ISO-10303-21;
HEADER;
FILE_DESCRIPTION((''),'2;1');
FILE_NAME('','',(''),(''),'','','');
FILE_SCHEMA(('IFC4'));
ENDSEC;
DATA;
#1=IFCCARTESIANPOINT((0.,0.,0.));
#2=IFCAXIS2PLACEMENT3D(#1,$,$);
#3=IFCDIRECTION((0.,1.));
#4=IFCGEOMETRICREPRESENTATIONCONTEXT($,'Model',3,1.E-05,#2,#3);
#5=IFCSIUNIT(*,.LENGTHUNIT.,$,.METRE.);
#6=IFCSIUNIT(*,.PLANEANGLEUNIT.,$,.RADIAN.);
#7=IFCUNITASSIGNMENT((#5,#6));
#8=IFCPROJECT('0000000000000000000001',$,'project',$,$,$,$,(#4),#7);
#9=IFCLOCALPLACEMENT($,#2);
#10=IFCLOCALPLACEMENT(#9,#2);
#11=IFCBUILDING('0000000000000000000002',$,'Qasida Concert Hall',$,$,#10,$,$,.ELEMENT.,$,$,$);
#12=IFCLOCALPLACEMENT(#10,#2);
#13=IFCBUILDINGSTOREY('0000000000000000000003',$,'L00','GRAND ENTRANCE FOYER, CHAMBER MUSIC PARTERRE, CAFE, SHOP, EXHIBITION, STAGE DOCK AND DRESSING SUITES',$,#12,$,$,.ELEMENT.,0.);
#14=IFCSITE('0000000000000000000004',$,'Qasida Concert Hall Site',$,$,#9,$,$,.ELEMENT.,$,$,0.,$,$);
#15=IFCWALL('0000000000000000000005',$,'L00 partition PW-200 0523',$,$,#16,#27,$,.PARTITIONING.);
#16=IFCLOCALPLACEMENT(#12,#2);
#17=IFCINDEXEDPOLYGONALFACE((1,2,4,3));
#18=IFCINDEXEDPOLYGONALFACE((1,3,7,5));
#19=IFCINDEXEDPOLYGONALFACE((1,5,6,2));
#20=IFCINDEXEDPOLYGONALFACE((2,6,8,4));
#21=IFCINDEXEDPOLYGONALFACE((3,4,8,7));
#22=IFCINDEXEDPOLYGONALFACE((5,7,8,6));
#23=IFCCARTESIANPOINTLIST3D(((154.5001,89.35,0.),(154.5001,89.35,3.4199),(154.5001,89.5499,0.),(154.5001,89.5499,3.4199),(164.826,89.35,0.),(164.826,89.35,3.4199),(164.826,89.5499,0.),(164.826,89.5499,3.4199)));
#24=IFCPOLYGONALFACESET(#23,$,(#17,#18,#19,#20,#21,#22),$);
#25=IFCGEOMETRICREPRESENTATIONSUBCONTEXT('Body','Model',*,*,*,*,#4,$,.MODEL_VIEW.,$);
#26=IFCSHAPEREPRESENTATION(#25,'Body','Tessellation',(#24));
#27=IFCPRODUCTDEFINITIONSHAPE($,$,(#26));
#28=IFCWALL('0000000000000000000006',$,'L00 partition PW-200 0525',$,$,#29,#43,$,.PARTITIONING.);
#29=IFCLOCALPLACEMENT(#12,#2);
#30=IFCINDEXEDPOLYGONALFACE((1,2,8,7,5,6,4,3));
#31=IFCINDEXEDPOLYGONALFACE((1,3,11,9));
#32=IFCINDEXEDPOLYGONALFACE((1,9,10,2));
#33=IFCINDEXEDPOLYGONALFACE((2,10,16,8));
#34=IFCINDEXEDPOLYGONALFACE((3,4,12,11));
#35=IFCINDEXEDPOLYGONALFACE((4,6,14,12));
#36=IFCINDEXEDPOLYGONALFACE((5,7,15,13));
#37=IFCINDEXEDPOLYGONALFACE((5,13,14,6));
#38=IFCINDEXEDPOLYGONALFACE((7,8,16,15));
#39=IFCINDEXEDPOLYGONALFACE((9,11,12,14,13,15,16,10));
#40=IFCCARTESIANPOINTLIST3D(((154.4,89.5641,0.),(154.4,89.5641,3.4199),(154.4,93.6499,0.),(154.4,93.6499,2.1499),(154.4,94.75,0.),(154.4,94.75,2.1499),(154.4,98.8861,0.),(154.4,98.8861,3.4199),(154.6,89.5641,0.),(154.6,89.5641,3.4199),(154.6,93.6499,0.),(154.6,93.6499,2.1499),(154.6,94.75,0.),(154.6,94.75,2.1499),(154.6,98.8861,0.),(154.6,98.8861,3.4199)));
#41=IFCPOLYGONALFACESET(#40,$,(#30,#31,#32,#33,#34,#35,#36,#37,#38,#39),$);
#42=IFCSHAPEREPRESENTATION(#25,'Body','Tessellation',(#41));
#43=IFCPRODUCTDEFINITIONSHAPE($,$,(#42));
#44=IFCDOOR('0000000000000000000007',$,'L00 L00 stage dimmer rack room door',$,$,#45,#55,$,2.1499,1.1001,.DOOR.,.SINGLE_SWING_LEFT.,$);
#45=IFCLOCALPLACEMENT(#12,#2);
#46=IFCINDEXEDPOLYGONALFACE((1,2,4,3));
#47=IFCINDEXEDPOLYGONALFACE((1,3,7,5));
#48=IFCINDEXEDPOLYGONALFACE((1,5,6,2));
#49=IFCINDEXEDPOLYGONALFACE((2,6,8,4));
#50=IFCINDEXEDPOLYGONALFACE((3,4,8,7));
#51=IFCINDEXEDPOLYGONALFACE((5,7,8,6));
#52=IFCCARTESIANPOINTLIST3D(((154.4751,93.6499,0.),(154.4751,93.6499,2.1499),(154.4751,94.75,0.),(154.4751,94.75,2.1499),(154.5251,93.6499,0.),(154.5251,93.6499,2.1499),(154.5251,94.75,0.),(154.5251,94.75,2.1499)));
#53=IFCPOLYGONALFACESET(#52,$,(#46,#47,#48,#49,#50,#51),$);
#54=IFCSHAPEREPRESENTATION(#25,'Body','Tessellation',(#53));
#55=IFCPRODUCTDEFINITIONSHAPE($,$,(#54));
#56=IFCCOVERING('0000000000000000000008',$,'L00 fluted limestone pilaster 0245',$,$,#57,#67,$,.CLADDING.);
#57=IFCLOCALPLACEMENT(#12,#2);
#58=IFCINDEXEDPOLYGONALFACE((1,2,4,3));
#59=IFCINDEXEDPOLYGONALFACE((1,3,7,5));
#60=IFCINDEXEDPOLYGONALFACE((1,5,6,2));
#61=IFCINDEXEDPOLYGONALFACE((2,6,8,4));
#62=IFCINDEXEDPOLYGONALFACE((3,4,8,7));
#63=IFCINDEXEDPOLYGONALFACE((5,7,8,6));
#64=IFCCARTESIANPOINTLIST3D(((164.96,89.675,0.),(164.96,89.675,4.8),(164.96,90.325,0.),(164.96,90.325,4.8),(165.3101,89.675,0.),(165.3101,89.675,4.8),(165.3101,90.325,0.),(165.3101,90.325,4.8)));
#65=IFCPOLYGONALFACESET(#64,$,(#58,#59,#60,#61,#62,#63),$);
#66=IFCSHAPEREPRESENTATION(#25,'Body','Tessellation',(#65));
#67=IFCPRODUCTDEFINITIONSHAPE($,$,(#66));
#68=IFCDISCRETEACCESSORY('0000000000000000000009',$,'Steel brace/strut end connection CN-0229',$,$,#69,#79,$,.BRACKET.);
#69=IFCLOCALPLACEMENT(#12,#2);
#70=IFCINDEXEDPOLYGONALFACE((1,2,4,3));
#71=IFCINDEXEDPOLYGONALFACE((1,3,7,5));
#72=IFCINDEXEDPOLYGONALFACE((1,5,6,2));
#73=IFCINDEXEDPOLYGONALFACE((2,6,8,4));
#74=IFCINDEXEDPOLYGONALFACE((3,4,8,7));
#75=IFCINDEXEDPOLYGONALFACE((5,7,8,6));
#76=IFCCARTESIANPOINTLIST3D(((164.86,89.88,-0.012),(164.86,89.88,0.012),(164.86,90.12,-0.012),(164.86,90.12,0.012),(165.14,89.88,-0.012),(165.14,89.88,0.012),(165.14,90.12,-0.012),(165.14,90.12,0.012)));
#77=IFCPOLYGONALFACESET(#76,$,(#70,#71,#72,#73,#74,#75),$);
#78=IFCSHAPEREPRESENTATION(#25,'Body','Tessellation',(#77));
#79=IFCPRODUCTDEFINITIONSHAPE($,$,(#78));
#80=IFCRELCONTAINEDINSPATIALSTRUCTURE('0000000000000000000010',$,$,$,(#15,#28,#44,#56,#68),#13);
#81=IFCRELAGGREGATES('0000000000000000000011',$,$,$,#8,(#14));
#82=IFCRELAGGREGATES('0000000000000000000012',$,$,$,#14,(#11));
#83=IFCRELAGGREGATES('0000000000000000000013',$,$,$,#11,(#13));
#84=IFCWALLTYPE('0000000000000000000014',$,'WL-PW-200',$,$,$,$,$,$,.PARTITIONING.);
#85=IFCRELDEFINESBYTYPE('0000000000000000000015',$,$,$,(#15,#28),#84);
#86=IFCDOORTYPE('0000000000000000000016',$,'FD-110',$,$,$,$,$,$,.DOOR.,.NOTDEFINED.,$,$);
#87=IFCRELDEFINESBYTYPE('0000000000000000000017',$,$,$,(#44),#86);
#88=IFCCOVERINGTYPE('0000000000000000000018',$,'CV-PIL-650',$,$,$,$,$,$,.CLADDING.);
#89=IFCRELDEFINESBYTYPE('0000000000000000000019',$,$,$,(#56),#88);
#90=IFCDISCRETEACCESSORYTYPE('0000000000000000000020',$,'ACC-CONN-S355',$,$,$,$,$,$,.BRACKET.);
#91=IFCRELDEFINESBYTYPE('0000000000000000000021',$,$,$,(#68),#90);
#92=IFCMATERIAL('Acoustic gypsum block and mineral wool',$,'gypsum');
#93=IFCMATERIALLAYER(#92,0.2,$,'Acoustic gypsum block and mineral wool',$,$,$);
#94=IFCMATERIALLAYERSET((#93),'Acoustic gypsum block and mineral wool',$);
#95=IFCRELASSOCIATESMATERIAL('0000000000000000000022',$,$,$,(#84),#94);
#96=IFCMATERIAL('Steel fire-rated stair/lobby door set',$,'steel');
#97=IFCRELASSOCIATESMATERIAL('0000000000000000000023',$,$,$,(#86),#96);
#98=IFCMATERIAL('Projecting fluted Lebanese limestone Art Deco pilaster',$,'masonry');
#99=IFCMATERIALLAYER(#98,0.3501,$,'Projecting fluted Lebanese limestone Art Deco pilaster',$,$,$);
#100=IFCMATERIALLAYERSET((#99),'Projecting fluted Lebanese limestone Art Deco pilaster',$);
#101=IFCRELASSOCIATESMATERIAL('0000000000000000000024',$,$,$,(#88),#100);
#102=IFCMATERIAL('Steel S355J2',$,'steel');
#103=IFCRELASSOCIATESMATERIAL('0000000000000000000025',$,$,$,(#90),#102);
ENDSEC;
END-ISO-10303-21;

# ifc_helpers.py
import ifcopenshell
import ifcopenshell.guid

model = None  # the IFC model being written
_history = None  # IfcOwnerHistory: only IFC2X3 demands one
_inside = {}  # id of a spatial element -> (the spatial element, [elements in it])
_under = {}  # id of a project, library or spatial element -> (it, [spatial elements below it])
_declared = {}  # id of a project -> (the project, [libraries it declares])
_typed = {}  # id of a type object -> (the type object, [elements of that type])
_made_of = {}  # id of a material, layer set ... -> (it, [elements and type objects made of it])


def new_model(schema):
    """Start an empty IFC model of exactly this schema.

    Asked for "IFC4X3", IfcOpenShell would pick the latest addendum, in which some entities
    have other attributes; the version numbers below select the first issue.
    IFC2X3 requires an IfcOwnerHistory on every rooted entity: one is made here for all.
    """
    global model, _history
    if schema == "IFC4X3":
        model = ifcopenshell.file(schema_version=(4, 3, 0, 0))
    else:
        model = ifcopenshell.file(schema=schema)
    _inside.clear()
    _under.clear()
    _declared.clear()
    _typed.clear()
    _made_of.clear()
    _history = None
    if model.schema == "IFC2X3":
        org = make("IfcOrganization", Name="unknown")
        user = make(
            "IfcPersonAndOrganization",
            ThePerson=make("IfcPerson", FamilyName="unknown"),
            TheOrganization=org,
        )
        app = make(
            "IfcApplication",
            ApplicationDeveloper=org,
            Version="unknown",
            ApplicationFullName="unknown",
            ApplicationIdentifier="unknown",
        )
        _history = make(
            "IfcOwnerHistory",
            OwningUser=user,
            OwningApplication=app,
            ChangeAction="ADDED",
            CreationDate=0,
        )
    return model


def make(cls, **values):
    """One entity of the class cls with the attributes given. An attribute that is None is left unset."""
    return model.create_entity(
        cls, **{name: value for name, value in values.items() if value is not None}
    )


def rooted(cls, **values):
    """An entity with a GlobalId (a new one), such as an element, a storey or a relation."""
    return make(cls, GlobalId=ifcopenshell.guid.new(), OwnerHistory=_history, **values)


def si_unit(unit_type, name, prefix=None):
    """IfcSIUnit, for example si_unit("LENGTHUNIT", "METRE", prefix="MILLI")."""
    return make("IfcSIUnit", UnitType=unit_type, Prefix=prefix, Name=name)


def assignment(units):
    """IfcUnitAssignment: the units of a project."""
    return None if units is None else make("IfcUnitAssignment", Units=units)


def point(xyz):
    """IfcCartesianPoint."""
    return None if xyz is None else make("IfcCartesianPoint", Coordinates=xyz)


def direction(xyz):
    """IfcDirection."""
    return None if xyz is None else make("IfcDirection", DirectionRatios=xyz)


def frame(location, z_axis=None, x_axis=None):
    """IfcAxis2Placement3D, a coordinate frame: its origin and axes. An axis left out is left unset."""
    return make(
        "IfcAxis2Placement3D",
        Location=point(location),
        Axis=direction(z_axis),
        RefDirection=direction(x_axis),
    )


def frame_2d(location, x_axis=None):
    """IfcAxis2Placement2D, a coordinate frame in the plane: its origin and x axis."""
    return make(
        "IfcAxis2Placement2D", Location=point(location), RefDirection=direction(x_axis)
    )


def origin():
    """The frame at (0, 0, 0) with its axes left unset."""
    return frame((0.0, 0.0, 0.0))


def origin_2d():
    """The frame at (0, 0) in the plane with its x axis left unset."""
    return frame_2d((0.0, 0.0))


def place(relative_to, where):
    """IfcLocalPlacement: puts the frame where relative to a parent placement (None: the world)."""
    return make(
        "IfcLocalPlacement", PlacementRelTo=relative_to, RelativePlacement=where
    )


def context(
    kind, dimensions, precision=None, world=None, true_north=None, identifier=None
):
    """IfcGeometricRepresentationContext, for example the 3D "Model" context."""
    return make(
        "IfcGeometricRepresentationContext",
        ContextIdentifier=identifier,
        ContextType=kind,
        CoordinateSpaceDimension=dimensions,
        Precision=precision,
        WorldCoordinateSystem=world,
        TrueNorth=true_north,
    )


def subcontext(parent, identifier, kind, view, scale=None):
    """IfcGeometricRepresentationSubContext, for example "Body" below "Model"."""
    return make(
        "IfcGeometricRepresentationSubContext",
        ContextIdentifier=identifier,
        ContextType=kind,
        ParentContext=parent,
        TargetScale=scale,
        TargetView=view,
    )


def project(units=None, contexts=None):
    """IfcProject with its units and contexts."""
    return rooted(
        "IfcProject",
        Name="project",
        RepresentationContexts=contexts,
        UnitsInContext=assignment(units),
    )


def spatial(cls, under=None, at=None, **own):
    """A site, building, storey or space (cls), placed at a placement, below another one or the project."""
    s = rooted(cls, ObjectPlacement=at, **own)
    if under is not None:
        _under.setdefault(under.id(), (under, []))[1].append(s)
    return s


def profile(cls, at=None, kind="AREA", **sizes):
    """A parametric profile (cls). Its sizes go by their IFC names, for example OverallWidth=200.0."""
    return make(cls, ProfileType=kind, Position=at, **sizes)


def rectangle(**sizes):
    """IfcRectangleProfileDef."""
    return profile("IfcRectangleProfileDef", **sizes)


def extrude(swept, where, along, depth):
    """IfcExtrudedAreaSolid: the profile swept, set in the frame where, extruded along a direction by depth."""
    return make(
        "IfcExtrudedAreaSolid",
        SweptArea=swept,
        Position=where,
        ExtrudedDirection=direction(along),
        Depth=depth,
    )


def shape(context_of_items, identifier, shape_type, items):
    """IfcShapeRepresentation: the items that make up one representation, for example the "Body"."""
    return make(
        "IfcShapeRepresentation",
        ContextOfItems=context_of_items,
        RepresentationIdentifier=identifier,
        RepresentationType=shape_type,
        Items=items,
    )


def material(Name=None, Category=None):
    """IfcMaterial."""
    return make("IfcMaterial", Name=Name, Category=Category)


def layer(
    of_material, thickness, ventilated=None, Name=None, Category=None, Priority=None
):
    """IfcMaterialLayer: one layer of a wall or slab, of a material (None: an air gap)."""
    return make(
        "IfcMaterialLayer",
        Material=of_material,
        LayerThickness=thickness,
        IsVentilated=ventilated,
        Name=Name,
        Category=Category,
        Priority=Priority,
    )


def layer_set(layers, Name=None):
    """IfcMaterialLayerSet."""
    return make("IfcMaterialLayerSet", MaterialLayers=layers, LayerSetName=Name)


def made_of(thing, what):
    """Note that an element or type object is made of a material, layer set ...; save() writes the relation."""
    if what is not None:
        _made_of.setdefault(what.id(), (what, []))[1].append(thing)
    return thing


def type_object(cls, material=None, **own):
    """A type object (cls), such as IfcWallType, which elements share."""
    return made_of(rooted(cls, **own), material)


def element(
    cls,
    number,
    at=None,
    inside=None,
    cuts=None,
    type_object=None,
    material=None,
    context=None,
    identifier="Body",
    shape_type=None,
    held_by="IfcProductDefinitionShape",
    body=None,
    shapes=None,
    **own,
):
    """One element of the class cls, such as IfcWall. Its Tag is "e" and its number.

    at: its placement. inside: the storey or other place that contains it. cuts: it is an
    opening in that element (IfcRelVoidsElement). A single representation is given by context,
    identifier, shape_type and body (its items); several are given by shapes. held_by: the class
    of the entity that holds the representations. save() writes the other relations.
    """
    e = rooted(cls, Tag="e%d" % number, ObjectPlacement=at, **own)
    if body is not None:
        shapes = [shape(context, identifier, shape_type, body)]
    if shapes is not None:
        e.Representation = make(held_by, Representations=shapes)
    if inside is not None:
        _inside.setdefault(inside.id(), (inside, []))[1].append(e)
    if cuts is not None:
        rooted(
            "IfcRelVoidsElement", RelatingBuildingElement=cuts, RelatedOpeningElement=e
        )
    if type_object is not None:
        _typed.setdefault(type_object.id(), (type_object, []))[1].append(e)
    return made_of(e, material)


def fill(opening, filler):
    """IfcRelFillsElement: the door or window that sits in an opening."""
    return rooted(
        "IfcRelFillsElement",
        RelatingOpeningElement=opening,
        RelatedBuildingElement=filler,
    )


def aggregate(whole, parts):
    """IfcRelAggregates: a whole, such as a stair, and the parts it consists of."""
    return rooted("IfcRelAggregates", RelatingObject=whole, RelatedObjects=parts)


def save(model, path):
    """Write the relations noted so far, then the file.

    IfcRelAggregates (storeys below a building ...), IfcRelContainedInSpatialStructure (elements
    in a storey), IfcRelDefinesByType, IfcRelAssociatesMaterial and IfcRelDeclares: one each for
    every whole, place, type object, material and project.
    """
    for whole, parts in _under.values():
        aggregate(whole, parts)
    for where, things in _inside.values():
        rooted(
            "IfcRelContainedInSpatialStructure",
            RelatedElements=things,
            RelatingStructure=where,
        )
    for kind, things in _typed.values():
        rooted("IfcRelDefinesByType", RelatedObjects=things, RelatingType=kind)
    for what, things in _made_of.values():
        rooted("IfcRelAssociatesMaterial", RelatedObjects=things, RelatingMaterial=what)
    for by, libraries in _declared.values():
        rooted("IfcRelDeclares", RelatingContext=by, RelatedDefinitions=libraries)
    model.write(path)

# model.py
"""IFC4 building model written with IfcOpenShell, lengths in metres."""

from ifc_helpers import new_model, si_unit, direction, frame, frame_2d, origin, origin_2d, place, context, subcontext, project, spatial, rectangle, extrude, material, layer, layer_set, type_object, element, fill, save


model = new_model("IFC4")

# Units and contexts
model_context = context("Model", 3, precision=1e-05, world=origin(), true_north=direction((0.0, 1.0)))
body_context = subcontext(model_context, "Body", "Model", "MODEL_VIEW")
ifc_project = project(units=[si_unit("LENGTHUNIT", "METRE"), si_unit("PLANEANGLEUNIT", "RADIAN")], contexts=[model_context])

# Site, building, storey
site_placement = place(None, origin())
site = spatial("IfcSite", under=ifc_project, at=site_placement, Name="Qasida Concert Hall Site", CompositionType="ELEMENT", RefElevation=0.0)
building_placement = place(site_placement, origin())
building = spatial("IfcBuilding", under=site, at=building_placement, Name="Qasida Concert Hall", CompositionType="ELEMENT")
storey_placement = place(building_placement, origin())
storey = spatial("IfcBuildingStorey", under=building, at=storey_placement, Name="L00", Description="GRAND ENTRANCE FOYER, CHAMBER MUSIC PARTERRE, CAFE, SHOP, EXHIBITION, STAGE DOCK AND DRESSING SUITES", CompositionType="ELEMENT", Elevation=0.0)

# Shared definitions
ifc_material_1 = material(Name="Steel S355J2", Category="steel")

# Wall
ifc_material_2 = material(Name="Acoustic gypsum block and mineral wool", Category="gypsum")
ifc_layer_1 = layer(ifc_material_2, 0.2, Name="Acoustic gypsum block and mineral wool")
ifc_layer_set_1 = layer_set([ifc_layer_1], Name="Acoustic gypsum block and mineral wool")
wall_type_1 = type_object("IfcWallType", Name="WL-PW-200", PredefinedType="PARTITIONING", material=ifc_layer_set_1)
wall_1_placement = place(storey_placement, frame((154.5, 89.45, 0.0), z_axis=(0.0, 0.0, 1.0), x_axis=(1.0, 0.0, 0.0)))
element("IfcWall", 1, at=wall_1_placement, inside=storey, type_object=wall_type_1, Name="L00 partition PW-200 0523", PredefinedType="PARTITIONING", context=body_context, shape_type="SweptSolid", body=[
    extrude(rectangle(XDim=10.3259, YDim=0.2, at=frame_2d((5.1631, 0.0))), origin(), (0.0, 0.0, 1.0), 3.4199),
])

# Wall, opening, door
wall_2_placement = place(storey_placement, frame((154.5, 89.564, 0.0), z_axis=(0.0, 0.0, 1.0), x_axis=(0.0, 1.0, 0.0)))
wall_2 = element("IfcWall", 2, at=wall_2_placement, inside=storey, type_object=wall_type_1, Name="L00 partition PW-200 0525", PredefinedType="PARTITIONING", context=body_context, shape_type="SweptSolid", body=[
    extrude(rectangle(XDim=9.322, YDim=0.2, at=frame_2d((4.6611, 0.0))), origin(), (0.0, 0.0, 1.0), 3.4199),
])
opening_placement = place(wall_2_placement, frame((4.0859, 0.0, 0.0)))
opening = element("IfcOpeningElement", 3, at=opening_placement, cuts=wall_2, PredefinedType="OPENING", context=body_context, shape_type="SweptSolid", body=[
    extrude(rectangle(XDim=1.1001, YDim=2.1499, at=frame_2d((0.55, 1.075))), frame((0.0, 0.1099, 0.0), z_axis=(0.0, -1.0, 0.0), x_axis=(1.0, 0.0, 0.0)), (0.0, 0.0, 1.0), 0.22),
])
ifc_material_3 = material(Name="Steel fire-rated stair/lobby door set", Category="steel")
door_type = type_object("IfcDoorType", Name="FD-110", OperationType="NOTDEFINED", PredefinedType="DOOR", material=ifc_material_3)
door_placement = place(opening_placement, origin())
door = element("IfcDoor", 4, at=door_placement, inside=storey, type_object=door_type, Name="L00 L00 stage dimmer rack room door", OperationType="SINGLE_SWING_LEFT", OverallHeight=2.1499, OverallWidth=1.1001, PredefinedType="DOOR", context=body_context, shape_type="SweptSolid", body=[
    extrude(rectangle(XDim=1.1001, YDim=2.1499, at=frame_2d((0.55, 1.075))), frame((0.0, 0.0249, 0.0), z_axis=(0.0, -1.0, 0.0), x_axis=(1.0, 0.0, 0.0)), (0.0, 0.0, 1.0), 0.05),
])
fill(opening, door)

# Covering
ifc_material_4 = material(Name="Projecting fluted Lebanese limestone Art Deco pilaster", Category="masonry")
ifc_layer_2 = layer(ifc_material_4, 0.3501, Name="Projecting fluted Lebanese limestone Art Deco pilaster")
ifc_layer_set_2 = layer_set([ifc_layer_2], Name="Projecting fluted Lebanese limestone Art Deco pilaster")
covering_type = type_object("IfcCoveringType", Name="CV-PIL-650", PredefinedType="CLADDING", material=ifc_layer_set_2)
covering_placement = place(storey_placement, frame((165.135, 90.0, 0.0), z_axis=(0.0, 0.0, 1.0), x_axis=(1.0, 0.0, 0.0)))
element("IfcCovering", 5, at=covering_placement, inside=storey, type_object=covering_type, Name="L00 fluted limestone pilaster 0245", PredefinedType="CLADDING", context=body_context, shape_type="SweptSolid", body=[
    extrude(rectangle(XDim=0.3501, YDim=0.6499, at=origin_2d()), origin(), (0.0, 0.0, 1.0), 4.8),
])

# Discrete accessory
discrete_accessory_type = type_object("IfcDiscreteAccessoryType", Name="ACC-CONN-S355", PredefinedType="BRACKET", material=ifc_material_1)
discrete_accessory_placement = place(storey_placement, frame((165.0, 90.0, -0.012), z_axis=(0.0, 0.0, 1.0), x_axis=(1.0, 0.0, 0.0)))
element("IfcDiscreteAccessory", 6, at=discrete_accessory_placement, inside=storey, type_object=discrete_accessory_type, Name="Steel brace/strut end connection CN-0229", PredefinedType="BRACKET", context=body_context, shape_type="SweptSolid", body=[
    extrude(rectangle(XDim=0.28, YDim=0.24, at=origin_2d()), origin(), (0.0, 0.0, 1.0), 0.0239),
])

save(model, "model.ifc")
